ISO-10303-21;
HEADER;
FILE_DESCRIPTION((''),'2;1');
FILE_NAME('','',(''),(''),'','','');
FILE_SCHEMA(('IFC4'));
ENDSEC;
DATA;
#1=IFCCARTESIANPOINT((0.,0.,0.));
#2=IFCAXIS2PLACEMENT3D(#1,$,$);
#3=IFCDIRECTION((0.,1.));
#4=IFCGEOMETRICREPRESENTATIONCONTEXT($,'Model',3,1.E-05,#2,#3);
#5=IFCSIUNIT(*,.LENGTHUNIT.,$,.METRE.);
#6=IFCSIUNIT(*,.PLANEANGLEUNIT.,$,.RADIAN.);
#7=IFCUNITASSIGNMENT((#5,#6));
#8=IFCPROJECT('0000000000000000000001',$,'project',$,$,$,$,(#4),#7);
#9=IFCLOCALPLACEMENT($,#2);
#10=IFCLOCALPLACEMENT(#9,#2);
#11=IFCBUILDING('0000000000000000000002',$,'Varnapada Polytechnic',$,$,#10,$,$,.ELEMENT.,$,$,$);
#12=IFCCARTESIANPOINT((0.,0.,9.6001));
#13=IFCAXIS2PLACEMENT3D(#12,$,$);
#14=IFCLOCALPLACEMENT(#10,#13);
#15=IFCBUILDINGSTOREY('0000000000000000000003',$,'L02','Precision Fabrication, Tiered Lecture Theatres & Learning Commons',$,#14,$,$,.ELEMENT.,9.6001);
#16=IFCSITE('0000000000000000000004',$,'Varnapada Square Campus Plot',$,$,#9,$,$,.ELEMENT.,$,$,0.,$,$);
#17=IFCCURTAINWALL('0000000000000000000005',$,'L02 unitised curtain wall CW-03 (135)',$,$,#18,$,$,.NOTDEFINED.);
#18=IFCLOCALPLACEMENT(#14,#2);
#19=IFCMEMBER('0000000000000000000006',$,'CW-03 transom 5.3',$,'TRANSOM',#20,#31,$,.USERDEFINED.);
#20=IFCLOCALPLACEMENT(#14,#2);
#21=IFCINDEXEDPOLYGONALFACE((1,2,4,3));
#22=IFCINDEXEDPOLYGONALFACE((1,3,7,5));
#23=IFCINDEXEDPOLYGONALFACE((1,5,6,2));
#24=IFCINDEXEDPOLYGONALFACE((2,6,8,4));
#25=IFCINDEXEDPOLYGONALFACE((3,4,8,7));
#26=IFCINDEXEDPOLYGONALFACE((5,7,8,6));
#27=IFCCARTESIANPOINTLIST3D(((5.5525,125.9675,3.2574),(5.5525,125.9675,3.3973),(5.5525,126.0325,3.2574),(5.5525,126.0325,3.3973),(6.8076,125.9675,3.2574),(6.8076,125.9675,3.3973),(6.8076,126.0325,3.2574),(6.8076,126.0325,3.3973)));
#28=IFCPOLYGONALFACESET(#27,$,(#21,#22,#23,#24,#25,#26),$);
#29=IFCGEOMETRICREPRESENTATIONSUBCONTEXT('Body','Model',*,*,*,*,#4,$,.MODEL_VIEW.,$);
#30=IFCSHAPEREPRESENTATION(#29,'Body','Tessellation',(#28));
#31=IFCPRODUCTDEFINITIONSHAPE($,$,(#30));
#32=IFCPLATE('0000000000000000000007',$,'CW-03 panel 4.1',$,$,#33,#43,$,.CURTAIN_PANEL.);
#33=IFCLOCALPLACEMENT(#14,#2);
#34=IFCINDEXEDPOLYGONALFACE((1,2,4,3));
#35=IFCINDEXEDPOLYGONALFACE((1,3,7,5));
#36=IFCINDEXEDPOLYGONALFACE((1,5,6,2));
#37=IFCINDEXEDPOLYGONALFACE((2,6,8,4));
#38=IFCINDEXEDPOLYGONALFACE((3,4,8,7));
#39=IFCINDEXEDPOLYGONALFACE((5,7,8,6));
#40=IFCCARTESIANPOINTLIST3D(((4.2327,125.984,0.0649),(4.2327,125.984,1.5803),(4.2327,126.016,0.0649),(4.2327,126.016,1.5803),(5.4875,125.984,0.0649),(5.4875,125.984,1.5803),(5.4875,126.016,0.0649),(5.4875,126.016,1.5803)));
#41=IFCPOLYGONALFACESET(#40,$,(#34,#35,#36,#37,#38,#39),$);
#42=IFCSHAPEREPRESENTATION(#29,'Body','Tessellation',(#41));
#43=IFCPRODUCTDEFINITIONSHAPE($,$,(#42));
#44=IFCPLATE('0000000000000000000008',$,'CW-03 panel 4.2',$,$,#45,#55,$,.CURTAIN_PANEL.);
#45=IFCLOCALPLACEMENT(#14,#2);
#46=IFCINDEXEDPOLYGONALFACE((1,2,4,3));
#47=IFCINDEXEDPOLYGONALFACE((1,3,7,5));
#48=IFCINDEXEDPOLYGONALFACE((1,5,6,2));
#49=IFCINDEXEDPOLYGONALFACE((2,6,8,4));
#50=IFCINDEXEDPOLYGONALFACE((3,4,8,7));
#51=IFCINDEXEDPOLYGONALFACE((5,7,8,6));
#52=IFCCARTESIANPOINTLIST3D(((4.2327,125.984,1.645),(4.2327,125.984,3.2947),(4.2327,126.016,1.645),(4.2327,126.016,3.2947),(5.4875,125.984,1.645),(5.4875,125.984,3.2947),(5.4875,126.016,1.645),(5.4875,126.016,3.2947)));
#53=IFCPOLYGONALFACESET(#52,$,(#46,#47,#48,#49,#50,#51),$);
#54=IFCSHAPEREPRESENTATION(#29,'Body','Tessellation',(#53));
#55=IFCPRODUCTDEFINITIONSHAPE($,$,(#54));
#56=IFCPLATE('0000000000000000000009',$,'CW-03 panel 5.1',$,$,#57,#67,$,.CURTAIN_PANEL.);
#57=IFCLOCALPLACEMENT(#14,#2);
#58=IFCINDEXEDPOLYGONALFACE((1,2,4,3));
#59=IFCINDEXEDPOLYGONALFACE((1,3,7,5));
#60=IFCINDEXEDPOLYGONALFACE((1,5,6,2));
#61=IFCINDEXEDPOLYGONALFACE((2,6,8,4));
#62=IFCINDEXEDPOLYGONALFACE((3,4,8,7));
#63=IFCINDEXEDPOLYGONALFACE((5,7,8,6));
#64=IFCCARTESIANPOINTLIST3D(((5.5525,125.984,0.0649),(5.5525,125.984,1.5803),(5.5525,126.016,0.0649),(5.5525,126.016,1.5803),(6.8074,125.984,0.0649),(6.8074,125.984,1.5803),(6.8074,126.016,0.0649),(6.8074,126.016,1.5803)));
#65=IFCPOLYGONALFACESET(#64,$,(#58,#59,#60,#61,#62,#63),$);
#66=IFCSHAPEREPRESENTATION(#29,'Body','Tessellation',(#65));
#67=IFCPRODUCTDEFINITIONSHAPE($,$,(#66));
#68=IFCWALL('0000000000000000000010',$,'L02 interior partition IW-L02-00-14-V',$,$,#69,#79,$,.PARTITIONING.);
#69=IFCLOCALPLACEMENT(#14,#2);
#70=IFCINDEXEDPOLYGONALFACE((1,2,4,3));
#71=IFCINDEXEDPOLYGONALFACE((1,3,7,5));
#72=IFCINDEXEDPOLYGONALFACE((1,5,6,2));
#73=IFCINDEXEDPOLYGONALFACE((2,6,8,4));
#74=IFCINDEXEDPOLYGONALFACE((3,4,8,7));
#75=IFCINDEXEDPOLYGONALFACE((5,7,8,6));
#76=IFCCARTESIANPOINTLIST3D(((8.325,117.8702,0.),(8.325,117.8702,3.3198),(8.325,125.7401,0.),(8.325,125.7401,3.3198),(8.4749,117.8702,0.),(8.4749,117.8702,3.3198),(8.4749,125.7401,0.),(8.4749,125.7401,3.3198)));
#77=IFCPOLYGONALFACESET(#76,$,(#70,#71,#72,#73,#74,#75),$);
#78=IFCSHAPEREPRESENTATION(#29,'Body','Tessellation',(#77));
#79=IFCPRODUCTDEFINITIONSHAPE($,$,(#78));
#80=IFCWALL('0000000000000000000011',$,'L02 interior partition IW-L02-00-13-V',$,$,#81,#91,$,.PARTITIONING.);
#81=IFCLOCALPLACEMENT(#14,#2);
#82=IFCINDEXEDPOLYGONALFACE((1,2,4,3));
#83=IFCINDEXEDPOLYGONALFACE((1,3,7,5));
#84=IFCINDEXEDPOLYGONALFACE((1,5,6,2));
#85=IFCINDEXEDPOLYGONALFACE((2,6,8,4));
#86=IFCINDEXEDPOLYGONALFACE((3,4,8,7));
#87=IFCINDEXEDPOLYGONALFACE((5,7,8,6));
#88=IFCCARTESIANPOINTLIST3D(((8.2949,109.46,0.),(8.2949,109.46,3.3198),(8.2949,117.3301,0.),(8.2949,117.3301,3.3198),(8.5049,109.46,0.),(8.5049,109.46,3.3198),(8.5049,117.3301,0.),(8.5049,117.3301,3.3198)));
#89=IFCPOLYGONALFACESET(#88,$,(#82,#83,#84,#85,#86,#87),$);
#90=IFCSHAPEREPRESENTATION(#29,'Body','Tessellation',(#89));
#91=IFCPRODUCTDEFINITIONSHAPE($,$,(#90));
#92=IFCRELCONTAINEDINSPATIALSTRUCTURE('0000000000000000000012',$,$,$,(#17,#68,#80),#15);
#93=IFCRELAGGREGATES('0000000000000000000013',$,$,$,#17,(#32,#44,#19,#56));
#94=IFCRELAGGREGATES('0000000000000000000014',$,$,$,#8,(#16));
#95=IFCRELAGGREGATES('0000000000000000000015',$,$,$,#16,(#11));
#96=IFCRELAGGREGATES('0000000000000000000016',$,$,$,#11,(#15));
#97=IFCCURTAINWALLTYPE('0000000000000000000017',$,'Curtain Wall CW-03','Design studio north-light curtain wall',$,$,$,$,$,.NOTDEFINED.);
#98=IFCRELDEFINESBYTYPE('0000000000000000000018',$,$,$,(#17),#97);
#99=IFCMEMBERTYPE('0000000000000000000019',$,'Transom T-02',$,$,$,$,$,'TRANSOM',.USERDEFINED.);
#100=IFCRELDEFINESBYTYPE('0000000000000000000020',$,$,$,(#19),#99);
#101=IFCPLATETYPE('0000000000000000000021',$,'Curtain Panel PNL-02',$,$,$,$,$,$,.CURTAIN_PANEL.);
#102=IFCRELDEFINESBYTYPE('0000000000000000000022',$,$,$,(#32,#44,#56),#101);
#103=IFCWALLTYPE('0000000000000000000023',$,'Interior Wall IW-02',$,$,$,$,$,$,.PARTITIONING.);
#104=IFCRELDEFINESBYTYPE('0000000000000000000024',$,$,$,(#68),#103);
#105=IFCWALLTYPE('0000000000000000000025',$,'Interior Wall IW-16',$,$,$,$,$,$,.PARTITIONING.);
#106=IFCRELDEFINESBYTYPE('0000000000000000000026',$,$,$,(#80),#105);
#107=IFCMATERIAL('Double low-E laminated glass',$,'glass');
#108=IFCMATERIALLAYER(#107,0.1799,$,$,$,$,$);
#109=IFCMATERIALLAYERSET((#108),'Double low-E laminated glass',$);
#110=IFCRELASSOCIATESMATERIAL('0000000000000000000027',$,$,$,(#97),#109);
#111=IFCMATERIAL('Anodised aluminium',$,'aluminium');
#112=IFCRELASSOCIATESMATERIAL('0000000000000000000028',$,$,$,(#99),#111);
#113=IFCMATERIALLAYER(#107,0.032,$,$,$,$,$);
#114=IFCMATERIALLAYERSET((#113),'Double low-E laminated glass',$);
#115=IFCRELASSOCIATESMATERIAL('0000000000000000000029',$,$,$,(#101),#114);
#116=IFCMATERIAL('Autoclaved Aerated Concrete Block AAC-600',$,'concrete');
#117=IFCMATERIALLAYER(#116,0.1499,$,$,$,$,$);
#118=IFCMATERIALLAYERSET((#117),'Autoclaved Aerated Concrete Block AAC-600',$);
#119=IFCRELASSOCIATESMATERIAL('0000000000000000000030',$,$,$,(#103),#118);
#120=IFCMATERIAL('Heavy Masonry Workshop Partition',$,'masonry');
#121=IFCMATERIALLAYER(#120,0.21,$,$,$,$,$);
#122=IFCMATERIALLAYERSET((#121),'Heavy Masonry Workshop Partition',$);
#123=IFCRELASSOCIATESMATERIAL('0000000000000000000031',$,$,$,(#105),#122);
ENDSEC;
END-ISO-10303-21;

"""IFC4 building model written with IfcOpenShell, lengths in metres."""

from ifc_helpers import new_model, si_unit, direction, frame, frame_2d, origin, origin_2d, place, context, subcontext, project, spatial, rectangle, extrude, material, layer, layer_set, material_profile, profile_set, type_object, element, aggregate, save


model = new_model("IFC4")

# Units and contexts
model_context = context("Model", 3, precision=1e-05, world=origin(), true_north=direction((0.0, 1.0)))
body_context = subcontext(model_context, "Body", "Model", "MODEL_VIEW")
ifc_project = project(units=[si_unit("LENGTHUNIT", "METRE"), si_unit("PLANEANGLEUNIT", "RADIAN")], contexts=[model_context])

# Site, building, storey
site_placement = place(None, origin())
site = spatial("IfcSite", under=ifc_project, at=site_placement, Name="Varnapada Square Campus Plot", CompositionType="ELEMENT", RefElevation=0.0)
building_placement = place(site_placement, origin())
building = spatial("IfcBuilding", under=site, at=building_placement, Name="Varnapada Polytechnic", CompositionType="ELEMENT")
storey_placement = place(building_placement, frame((0.0, 0.0, 9.6001)))
storey = spatial("IfcBuildingStorey", under=building, at=storey_placement, Name="L02", Description="Precision Fabrication, Tiered Lecture Theatres & Learning Commons", CompositionType="ELEMENT", Elevation=9.6001)

# Curtain wall, member, plates
ifc_material_1 = material(Name="Double low-E laminated glass", Category="glass")
ifc_layer_1 = layer(ifc_material_1, 0.1799)
ifc_layer_set_1 = layer_set([ifc_layer_1], Name="Double low-E laminated glass")
curtain_wall_type = type_object("IfcCurtainWallType", Name="Curtain Wall CW-03", Description="Design studio north-light curtain wall", PredefinedType="NOTDEFINED", material=ifc_layer_set_1)
curtain_wall_placement = place(storey_placement, origin())
curtain_wall = element("IfcCurtainWall", 1, at=curtain_wall_placement, inside=storey, type_object=curtain_wall_type, Name="L02 unitised curtain wall CW-03 (135)", PredefinedType="NOTDEFINED")
ifc_material_2 = material(Name="Anodised aluminium", Category="aluminium")
ifc_material_profile_1 = material_profile(ifc_material_2, rectangle(XDim=0.0649, YDim=0.1399, at=origin_2d()), Name="ALU T65x140")
ifc_profile_set_1 = profile_set([ifc_material_profile_1], Name="Anodised aluminium")
member_type_1 = type_object("IfcMemberType", Name="Transom T-02", ElementType="TRANSOM", PredefinedType="USERDEFINED", material=ifc_profile_set_1)
member_1_placement = place(storey_placement, frame((5.5525, 126.0, 3.3274), z_axis=(1.0, 0.0, 0.0), x_axis=(0.0, 1.0, 0.0)))
member_1 = element("IfcMember", 2, at=member_1_placement, type_object=member_type_1, Name="CW-03 transom 5.3", ObjectType="TRANSOM", PredefinedType="USERDEFINED", context=body_context, shape_type="SweptSolid", body=[
    extrude(rectangle(XDim=0.0649, YDim=0.1399, at=origin_2d()), origin(), (0.0, 0.0, 1.0), 1.2551),
])
ifc_layer_2 = layer(ifc_material_1, 0.032)
ifc_layer_set_2 = layer_set([ifc_layer_2], Name="Double low-E laminated glass")
plate_type = type_object("IfcPlateType", Name="Curtain Panel PNL-02", PredefinedType="CURTAIN_PANEL", material=ifc_layer_set_2)
plate_1_placement = place(storey_placement, frame((4.8601, 126.0, 0.0649), z_axis=(0.0, 0.0, 1.0), x_axis=(1.0, 0.0, 0.0)))
plate_1 = element("IfcPlate", 3, at=plate_1_placement, type_object=plate_type, Name="CW-03 panel 4.1", PredefinedType="CURTAIN_PANEL", context=body_context, shape_type="SweptSolid", body=[
    extrude(rectangle(XDim=1.2549, YDim=0.032, at=origin_2d()), origin(), (0.0, 0.0, 1.0), 1.5154),
])
plate_2_placement = place(storey_placement, frame((4.8601, 126.0, 1.645), z_axis=(0.0, 0.0, 1.0), x_axis=(1.0, 0.0, 0.0)))
plate_2 = element("IfcPlate", 4, at=plate_2_placement, type_object=plate_type, Name="CW-03 panel 4.2", PredefinedType="CURTAIN_PANEL", context=body_context, shape_type="SweptSolid", body=[
    extrude(rectangle(XDim=1.2549, YDim=0.032, at=origin_2d()), origin(), (0.0, 0.0, 1.0), 1.6497),
])
plate_3_placement = place(storey_placement, frame((6.1799, 126.0, 0.0649), z_axis=(0.0, 0.0, 1.0), x_axis=(1.0, 0.0, 0.0)))
plate_3 = element("IfcPlate", 5, at=plate_3_placement, type_object=plate_type, Name="CW-03 panel 5.1", PredefinedType="CURTAIN_PANEL", context=body_context, shape_type="SweptSolid", body=[
    extrude(rectangle(XDim=1.2549, YDim=0.032, at=origin_2d()), origin(), (0.0, 0.0, 1.0), 1.5154),
])
aggregate(curtain_wall, [plate_1, plate_2, member_1, plate_3])

# Walls
ifc_material_3 = material(Name="Autoclaved Aerated Concrete Block AAC-600", Category="concrete")
ifc_layer_3 = layer(ifc_material_3, 0.1499)
ifc_layer_set_3 = layer_set([ifc_layer_3], Name="Autoclaved Aerated Concrete Block AAC-600")
wall_type_1 = type_object("IfcWallType", Name="Interior Wall IW-02", PredefinedType="PARTITIONING", material=ifc_layer_set_3)
wall_1_placement = place(storey_placement, frame((8.3999, 117.8701, 0.0), z_axis=(0.0, 0.0, 1.0), x_axis=(0.0, 1.0, 0.0)))
element("IfcWall", 6, at=wall_1_placement, inside=storey, type_object=wall_type_1, Name="L02 interior partition IW-L02-00-14-V", PredefinedType="PARTITIONING", context=body_context, shape_type="SweptSolid", body=[
    extrude(rectangle(XDim=7.8699, YDim=0.1499, at=frame_2d((3.9351, 0.0))), origin(), (0.0, 0.0, 1.0), 3.3198),
])
ifc_material_4 = material(Name="Heavy Masonry Workshop Partition", Category="masonry")
ifc_layer_4 = layer(ifc_material_4, 0.21)
ifc_layer_set_4 = layer_set([ifc_layer_4], Name="Heavy Masonry Workshop Partition")
wall_type_2 = type_object("IfcWallType", Name="Interior Wall IW-16", PredefinedType="PARTITIONING", material=ifc_layer_set_4)
wall_2_placement = place(storey_placement, frame((8.3999, 109.46, 0.0), z_axis=(0.0, 0.0, 1.0), x_axis=(0.0, 1.0, 0.0)))
element("IfcWall", 7, at=wall_2_placement, inside=storey, type_object=wall_type_2, Name="L02 interior partition IW-L02-00-13-V", PredefinedType="PARTITIONING", context=body_context, shape_type="SweptSolid", body=[
    extrude(rectangle(XDim=7.8701, YDim=0.21, at=frame_2d((3.9351, 0.0))), origin(), (0.0, 0.0, 1.0), 3.3198),
])

save(model, "model.ifc")
